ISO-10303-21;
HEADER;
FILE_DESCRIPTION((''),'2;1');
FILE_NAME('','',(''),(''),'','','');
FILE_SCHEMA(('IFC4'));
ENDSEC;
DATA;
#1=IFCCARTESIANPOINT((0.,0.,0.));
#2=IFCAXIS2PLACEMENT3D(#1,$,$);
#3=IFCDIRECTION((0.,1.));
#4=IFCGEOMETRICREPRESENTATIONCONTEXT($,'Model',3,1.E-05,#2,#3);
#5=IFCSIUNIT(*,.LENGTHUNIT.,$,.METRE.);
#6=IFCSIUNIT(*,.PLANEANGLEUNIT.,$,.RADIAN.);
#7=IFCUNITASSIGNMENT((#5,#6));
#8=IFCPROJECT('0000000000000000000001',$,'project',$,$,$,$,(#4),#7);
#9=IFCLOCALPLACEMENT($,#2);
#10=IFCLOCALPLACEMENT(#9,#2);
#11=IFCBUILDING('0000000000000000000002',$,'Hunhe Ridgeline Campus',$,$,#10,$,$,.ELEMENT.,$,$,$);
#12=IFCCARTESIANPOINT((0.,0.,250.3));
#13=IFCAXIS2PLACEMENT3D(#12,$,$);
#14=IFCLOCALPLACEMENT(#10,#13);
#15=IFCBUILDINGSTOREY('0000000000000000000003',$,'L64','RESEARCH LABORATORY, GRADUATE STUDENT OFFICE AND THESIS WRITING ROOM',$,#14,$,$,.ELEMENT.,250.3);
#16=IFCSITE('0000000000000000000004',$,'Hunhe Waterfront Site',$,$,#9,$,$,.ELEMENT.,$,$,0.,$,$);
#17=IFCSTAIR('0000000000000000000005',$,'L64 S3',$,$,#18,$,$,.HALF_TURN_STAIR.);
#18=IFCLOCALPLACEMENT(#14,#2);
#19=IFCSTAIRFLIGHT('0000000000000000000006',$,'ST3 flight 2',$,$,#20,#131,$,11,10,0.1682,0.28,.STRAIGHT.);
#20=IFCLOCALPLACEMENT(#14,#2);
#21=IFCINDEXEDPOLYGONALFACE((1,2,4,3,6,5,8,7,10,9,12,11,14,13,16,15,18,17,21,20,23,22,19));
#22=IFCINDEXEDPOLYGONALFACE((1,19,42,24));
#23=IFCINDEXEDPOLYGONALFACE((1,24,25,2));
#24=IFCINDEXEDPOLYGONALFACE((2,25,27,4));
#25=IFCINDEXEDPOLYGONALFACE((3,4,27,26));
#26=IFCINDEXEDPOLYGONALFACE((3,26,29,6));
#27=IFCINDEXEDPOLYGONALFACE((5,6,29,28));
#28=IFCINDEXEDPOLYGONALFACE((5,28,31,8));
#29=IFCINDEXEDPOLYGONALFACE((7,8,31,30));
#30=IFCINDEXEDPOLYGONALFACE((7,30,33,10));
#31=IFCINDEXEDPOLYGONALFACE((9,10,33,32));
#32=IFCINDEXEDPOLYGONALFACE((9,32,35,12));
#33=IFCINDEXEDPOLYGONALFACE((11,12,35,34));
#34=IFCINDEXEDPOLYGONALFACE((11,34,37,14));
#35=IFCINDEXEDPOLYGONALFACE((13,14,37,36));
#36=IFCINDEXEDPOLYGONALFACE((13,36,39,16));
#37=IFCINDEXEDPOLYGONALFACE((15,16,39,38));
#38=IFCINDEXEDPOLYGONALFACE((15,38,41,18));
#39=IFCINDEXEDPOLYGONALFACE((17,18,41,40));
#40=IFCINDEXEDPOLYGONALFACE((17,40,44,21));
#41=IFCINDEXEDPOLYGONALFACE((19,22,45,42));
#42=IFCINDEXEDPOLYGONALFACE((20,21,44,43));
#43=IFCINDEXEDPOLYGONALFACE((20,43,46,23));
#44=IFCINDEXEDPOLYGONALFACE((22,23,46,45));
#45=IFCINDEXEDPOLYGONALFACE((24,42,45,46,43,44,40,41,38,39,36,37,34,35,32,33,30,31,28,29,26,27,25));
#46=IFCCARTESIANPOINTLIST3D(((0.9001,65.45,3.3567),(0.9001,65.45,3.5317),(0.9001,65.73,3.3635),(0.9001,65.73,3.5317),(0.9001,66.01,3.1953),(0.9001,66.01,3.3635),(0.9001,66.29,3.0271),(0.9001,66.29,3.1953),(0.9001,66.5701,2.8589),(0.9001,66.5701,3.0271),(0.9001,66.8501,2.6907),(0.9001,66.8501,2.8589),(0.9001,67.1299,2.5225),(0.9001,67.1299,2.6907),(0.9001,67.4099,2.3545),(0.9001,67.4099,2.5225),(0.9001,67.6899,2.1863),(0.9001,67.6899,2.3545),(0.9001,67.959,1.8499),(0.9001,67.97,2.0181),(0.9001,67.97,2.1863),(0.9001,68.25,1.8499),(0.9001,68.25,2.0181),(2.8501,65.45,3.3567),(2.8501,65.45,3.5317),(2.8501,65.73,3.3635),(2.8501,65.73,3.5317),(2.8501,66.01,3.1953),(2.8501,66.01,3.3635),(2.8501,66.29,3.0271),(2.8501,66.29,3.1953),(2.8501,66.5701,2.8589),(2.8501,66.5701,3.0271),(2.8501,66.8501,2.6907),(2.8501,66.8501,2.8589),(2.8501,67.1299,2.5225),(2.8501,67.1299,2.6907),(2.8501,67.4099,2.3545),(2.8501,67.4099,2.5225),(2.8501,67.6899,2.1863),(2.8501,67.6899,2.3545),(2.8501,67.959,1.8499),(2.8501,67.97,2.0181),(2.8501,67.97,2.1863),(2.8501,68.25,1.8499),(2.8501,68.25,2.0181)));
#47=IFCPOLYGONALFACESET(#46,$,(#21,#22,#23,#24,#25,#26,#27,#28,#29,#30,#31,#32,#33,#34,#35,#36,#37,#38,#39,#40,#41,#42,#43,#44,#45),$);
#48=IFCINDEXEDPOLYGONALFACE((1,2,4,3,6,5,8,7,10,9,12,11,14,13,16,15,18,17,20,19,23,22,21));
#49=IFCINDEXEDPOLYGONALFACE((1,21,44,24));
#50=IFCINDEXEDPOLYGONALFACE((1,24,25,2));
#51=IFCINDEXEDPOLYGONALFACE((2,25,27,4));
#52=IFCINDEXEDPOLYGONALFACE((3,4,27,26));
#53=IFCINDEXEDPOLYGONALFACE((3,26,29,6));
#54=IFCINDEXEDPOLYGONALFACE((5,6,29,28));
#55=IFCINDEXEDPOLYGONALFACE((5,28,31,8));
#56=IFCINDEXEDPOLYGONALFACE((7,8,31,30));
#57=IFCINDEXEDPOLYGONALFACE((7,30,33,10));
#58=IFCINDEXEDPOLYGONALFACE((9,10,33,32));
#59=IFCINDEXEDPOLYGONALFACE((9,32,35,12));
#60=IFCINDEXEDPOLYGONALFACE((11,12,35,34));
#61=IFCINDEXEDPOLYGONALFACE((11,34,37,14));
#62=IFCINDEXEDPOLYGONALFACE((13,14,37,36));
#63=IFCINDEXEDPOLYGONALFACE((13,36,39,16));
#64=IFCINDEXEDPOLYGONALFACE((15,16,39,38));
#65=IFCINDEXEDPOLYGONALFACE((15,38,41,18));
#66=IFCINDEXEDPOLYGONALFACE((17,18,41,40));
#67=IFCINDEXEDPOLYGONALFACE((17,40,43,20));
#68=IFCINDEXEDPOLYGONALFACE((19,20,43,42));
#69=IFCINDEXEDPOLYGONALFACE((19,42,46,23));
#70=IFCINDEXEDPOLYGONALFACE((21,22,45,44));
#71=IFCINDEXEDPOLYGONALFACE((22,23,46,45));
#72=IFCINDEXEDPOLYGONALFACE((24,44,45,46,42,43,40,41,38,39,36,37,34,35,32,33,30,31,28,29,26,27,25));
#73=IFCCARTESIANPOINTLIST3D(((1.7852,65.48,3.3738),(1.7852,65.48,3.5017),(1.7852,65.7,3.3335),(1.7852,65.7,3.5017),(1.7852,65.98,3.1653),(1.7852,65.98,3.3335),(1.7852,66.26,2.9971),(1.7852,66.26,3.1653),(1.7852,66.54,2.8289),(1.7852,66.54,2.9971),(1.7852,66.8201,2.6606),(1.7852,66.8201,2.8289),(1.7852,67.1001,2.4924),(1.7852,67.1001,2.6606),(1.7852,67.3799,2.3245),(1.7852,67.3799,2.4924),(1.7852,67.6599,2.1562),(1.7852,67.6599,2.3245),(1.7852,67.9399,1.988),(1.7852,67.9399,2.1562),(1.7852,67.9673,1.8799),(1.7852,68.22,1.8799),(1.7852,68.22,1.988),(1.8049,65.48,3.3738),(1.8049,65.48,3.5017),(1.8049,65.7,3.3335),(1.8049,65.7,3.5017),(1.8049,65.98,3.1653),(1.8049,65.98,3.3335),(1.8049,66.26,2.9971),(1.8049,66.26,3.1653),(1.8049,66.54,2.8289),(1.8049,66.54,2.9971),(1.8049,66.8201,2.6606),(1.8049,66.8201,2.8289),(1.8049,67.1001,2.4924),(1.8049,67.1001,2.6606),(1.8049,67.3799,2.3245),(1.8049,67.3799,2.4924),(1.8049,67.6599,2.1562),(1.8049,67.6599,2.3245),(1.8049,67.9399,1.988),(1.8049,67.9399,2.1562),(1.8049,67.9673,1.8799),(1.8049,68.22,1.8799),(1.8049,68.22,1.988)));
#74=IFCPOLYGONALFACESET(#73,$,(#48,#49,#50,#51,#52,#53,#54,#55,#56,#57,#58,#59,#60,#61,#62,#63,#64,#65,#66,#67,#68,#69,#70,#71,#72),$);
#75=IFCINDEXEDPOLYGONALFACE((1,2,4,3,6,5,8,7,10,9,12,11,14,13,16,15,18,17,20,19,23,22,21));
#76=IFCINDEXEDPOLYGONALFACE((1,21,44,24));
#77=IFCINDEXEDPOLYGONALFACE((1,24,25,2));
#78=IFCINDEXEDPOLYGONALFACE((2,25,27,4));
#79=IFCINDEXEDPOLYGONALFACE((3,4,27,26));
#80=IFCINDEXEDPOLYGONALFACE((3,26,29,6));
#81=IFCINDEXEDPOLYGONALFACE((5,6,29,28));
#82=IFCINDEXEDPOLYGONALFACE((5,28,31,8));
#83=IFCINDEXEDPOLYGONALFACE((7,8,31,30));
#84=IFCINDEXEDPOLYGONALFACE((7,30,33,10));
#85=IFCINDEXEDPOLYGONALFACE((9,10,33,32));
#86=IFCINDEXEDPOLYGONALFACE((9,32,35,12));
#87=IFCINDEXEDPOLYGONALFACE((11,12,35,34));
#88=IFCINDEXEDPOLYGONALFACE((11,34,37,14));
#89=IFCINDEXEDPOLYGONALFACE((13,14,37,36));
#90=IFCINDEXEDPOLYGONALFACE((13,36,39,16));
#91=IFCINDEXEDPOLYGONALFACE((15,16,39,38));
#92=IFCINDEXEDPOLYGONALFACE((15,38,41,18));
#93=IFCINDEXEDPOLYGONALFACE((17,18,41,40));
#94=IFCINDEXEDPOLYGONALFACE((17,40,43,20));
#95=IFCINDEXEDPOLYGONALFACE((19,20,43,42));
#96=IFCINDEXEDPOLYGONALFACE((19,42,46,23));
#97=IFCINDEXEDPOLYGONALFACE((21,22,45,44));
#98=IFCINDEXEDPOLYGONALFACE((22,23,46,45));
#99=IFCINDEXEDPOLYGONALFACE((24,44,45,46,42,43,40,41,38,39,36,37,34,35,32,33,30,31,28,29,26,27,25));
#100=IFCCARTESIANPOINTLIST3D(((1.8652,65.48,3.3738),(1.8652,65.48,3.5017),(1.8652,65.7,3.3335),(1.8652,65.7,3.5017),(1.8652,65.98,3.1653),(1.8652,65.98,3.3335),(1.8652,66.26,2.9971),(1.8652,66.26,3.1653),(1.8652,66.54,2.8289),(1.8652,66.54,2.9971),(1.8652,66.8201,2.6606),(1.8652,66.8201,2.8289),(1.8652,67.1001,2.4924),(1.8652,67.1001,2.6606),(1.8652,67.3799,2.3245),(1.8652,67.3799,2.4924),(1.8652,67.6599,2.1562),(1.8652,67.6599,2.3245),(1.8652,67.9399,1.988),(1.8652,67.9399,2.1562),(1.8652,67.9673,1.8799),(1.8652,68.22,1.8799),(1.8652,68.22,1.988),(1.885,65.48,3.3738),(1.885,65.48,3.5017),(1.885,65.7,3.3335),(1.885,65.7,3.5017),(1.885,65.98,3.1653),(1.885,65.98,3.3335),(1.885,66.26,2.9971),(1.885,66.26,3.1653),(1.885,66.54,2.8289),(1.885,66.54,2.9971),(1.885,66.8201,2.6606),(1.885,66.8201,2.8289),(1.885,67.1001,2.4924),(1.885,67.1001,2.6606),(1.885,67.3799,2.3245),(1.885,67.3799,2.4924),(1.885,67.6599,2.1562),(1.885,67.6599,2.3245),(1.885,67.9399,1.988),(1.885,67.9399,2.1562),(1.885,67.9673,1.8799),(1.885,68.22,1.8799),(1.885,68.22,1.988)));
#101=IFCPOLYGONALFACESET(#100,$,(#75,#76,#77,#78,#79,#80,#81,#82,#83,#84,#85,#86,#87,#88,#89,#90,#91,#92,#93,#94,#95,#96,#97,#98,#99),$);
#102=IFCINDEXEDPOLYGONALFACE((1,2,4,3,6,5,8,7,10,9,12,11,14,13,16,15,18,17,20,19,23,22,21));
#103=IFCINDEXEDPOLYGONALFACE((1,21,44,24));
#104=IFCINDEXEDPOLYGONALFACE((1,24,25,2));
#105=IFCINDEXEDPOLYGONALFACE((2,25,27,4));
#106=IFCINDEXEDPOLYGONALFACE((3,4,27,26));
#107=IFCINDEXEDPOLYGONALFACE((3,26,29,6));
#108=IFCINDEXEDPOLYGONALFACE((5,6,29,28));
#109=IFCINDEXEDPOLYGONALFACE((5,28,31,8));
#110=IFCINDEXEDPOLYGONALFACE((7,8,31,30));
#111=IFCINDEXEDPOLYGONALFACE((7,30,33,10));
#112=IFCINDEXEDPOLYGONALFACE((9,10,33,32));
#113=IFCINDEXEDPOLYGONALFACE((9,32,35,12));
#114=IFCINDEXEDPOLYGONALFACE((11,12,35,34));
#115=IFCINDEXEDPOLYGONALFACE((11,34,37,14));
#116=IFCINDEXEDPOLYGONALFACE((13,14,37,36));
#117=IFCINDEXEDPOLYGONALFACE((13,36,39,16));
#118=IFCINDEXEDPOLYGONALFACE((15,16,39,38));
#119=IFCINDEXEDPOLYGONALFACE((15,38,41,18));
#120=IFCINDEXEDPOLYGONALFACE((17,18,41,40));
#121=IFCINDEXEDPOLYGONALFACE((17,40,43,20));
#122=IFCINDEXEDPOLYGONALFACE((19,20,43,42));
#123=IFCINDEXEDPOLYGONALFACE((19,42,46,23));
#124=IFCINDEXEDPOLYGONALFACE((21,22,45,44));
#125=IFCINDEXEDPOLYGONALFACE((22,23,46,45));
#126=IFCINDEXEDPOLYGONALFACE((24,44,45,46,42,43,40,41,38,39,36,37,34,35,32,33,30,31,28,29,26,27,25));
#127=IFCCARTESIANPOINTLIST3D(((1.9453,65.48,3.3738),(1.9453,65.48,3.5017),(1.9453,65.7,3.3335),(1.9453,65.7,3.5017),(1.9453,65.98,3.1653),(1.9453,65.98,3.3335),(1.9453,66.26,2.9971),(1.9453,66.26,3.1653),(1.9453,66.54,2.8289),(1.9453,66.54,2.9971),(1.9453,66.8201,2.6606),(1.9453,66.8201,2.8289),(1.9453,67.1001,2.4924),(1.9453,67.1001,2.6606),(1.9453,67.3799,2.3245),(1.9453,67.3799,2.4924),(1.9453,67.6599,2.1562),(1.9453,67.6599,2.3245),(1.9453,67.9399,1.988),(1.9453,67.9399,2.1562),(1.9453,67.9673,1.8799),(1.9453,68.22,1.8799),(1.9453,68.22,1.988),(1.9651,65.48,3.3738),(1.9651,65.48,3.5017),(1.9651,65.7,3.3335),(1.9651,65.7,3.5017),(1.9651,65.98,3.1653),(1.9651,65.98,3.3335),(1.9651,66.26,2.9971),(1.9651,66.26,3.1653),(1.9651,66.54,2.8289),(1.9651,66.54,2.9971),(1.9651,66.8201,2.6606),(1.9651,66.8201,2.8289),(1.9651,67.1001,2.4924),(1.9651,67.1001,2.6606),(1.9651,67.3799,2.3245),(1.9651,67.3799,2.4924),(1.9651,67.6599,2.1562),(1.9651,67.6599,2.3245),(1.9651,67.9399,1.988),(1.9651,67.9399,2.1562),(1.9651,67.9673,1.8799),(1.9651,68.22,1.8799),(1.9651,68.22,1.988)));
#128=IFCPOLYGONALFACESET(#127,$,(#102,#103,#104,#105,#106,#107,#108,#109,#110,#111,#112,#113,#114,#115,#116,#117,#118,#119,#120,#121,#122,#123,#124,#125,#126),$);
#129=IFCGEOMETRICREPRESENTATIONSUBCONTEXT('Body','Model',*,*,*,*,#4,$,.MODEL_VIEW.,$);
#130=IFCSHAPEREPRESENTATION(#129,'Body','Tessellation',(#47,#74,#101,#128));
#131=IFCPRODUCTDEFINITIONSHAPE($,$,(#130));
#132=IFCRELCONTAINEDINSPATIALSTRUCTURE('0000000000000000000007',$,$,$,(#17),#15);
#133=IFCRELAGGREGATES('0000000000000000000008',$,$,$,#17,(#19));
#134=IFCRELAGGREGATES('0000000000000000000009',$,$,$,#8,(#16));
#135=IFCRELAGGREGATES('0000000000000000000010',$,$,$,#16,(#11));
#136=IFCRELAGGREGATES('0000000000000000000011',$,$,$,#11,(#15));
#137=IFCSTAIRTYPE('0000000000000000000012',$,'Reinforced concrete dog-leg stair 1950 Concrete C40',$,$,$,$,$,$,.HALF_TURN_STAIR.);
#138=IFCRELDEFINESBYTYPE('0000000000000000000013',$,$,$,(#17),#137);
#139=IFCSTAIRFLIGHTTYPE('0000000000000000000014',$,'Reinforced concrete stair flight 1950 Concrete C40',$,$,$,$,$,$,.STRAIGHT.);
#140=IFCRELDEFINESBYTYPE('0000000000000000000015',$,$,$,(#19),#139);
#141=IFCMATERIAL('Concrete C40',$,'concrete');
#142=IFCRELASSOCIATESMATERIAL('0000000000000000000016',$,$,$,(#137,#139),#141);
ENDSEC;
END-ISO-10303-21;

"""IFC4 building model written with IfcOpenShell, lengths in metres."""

from ifc_helpers import new_model, si_unit, direction, frame, origin, place, context, subcontext, project, spatial, polyline, outline, extrude, material, type_object, element, aggregate, save


model = new_model("IFC4")

# Units and contexts
model_context = context("Model", 3, precision=1e-05, world=origin(), true_north=direction((0.0, 1.0)))
body_context = subcontext(model_context, "Body", "Model", "MODEL_VIEW")
ifc_project = project(units=[si_unit("LENGTHUNIT", "METRE"), si_unit("PLANEANGLEUNIT", "RADIAN")], contexts=[model_context])

# Site, building, storey
site_placement = place(None, origin())
site = spatial("IfcSite", under=ifc_project, at=site_placement, Name="Hunhe Waterfront Site", CompositionType="ELEMENT", RefElevation=0.0)
building_placement = place(site_placement, origin())
building = spatial("IfcBuilding", under=site, at=building_placement, Name="Hunhe Ridgeline Campus", CompositionType="ELEMENT")
storey_placement = place(building_placement, frame((0.0, 0.0, 250.3)))
storey = spatial("IfcBuildingStorey", under=building, at=storey_placement, Name="L64", Description="RESEARCH LABORATORY, GRADUATE STUDENT OFFICE AND THESIS WRITING ROOM", CompositionType="ELEMENT", Elevation=250.3)

# Stair, stair flight
ifc_material_1 = material(Name="Concrete C40", Category="concrete")
stair_type = type_object("IfcStairType", Name="Reinforced concrete dog-leg stair 1950 Concrete C40", PredefinedType="HALF_TURN_STAIR", material=ifc_material_1)
stair_1_placement = place(storey_placement, origin())
stair_1 = element("IfcStair", 1, at=stair_1_placement, inside=storey, type_object=stair_type, Name="L64 S3", PredefinedType="HALF_TURN_STAIR")
stair_flight_type = type_object("IfcStairFlightType", Name="Reinforced concrete stair flight 1950 Concrete C40", PredefinedType="STRAIGHT", material=ifc_material_1)
stair_flight_1_placement = place(storey_placement, frame((1.875, 68.25, 1.8499), z_axis=(0.0, 0.0, 1.0), x_axis=(0.0, -1.0, 0.0)))
stair_flight_1 = element("IfcStairFlight", 2, at=stair_flight_1_placement, type_object=stair_flight_type, Name="ST3 flight 2", NumberOfRisers=11, NumberOfTreads=10, PredefinedType="STRAIGHT", RiserHeight=0.1682, TreadLength=0.28, context=body_context, shape_type="SweptSolid", body=[
    extrude(outline(polyline([(0.0, 0.0), (0.0, 0.1682), (0.28, 0.1682), (0.28, 0.3364), (0.5601, 0.3364), (0.5601, 0.5046), (0.8401, 0.5046), (0.8401, 0.6726), (1.1201, 0.6726), (1.1201, 0.8408), (1.3999, 0.8408), (1.3999, 1.009), (1.6799, 1.009), (1.6799, 1.1772), (1.96, 1.1772), (1.96, 1.3455), (2.24, 1.3455), (2.24, 1.5137), (2.52, 1.5137), (2.52, 1.6819), (2.8, 1.6819), (2.8, 1.8501), (2.8, 1.5068), (0.291, 0.0), (0.0, 0.0)])), frame((0.0, 0.9751, 0.0), z_axis=(0.0, -1.0, 0.0), x_axis=(1.0, 0.0, 0.0)), (0.0, 0.0, 1.0), 1.95),
    extrude(outline(polyline([(0.03, 0.03), (0.03, 0.1382), (0.3101, 0.1382), (0.3101, 0.3064), (0.5901, 0.3064), (0.5901, 0.4746), (0.8701, 0.4746), (0.8701, 0.6426), (1.1499, 0.6426), (1.1499, 0.8108), (1.4299, 0.8108), (1.4299, 0.979), (1.71, 0.979), (1.71, 1.1472), (1.99, 1.1472), (1.99, 1.3154), (2.27, 1.3154), (2.27, 1.4836), (2.55, 1.4836), (2.55, 1.6519), (2.77, 1.6519), (2.77, 1.5239), (0.2827, 0.03), (0.03, 0.03)])), frame((0.0, -0.0701, 0.0), z_axis=(0.0, -1.0, 0.0), x_axis=(1.0, 0.0, 0.0)), (0.0, 0.0, 1.0), 0.0198),
    extrude(outline(polyline([(0.03, 0.03), (0.03, 0.1382), (0.3101, 0.1382), (0.3101, 0.3064), (0.5901, 0.3064), (0.5901, 0.4746), (0.8701, 0.4746), (0.8701, 0.6426), (1.1499, 0.6426), (1.1499, 0.8108), (1.4299, 0.8108), (1.4299, 0.979), (1.71, 0.979), (1.71, 1.1472), (1.99, 1.1472), (1.99, 1.3154), (2.27, 1.3154), (2.27, 1.4836), (2.55, 1.4836), (2.55, 1.6519), (2.77, 1.6519), (2.77, 1.5239), (0.2827, 0.03), (0.03, 0.03)])), frame((0.0, 0.01, 0.0), z_axis=(0.0, -1.0, 0.0), x_axis=(1.0, 0.0, 0.0)), (0.0, 0.0, 1.0), 0.0198),
    extrude(outline(polyline([(0.03, 0.03), (0.03, 0.1382), (0.3101, 0.1382), (0.3101, 0.3064), (0.5901, 0.3064), (0.5901, 0.4746), (0.8701, 0.4746), (0.8701, 0.6426), (1.1499, 0.6426), (1.1499, 0.8108), (1.4299, 0.8108), (1.4299, 0.979), (1.71, 0.979), (1.71, 1.1472), (1.99, 1.1472), (1.99, 1.3154), (2.27, 1.3154), (2.27, 1.4836), (2.55, 1.4836), (2.55, 1.6519), (2.77, 1.6519), (2.77, 1.5239), (0.2827, 0.03), (0.03, 0.03)])), frame((0.0, 0.0901, 0.0), z_axis=(0.0, -1.0, 0.0), x_axis=(1.0, 0.0, 0.0)), (0.0, 0.0, 1.0), 0.0198),
])
aggregate(stair_1, [stair_flight_1])

save(model, "model.ifc")
